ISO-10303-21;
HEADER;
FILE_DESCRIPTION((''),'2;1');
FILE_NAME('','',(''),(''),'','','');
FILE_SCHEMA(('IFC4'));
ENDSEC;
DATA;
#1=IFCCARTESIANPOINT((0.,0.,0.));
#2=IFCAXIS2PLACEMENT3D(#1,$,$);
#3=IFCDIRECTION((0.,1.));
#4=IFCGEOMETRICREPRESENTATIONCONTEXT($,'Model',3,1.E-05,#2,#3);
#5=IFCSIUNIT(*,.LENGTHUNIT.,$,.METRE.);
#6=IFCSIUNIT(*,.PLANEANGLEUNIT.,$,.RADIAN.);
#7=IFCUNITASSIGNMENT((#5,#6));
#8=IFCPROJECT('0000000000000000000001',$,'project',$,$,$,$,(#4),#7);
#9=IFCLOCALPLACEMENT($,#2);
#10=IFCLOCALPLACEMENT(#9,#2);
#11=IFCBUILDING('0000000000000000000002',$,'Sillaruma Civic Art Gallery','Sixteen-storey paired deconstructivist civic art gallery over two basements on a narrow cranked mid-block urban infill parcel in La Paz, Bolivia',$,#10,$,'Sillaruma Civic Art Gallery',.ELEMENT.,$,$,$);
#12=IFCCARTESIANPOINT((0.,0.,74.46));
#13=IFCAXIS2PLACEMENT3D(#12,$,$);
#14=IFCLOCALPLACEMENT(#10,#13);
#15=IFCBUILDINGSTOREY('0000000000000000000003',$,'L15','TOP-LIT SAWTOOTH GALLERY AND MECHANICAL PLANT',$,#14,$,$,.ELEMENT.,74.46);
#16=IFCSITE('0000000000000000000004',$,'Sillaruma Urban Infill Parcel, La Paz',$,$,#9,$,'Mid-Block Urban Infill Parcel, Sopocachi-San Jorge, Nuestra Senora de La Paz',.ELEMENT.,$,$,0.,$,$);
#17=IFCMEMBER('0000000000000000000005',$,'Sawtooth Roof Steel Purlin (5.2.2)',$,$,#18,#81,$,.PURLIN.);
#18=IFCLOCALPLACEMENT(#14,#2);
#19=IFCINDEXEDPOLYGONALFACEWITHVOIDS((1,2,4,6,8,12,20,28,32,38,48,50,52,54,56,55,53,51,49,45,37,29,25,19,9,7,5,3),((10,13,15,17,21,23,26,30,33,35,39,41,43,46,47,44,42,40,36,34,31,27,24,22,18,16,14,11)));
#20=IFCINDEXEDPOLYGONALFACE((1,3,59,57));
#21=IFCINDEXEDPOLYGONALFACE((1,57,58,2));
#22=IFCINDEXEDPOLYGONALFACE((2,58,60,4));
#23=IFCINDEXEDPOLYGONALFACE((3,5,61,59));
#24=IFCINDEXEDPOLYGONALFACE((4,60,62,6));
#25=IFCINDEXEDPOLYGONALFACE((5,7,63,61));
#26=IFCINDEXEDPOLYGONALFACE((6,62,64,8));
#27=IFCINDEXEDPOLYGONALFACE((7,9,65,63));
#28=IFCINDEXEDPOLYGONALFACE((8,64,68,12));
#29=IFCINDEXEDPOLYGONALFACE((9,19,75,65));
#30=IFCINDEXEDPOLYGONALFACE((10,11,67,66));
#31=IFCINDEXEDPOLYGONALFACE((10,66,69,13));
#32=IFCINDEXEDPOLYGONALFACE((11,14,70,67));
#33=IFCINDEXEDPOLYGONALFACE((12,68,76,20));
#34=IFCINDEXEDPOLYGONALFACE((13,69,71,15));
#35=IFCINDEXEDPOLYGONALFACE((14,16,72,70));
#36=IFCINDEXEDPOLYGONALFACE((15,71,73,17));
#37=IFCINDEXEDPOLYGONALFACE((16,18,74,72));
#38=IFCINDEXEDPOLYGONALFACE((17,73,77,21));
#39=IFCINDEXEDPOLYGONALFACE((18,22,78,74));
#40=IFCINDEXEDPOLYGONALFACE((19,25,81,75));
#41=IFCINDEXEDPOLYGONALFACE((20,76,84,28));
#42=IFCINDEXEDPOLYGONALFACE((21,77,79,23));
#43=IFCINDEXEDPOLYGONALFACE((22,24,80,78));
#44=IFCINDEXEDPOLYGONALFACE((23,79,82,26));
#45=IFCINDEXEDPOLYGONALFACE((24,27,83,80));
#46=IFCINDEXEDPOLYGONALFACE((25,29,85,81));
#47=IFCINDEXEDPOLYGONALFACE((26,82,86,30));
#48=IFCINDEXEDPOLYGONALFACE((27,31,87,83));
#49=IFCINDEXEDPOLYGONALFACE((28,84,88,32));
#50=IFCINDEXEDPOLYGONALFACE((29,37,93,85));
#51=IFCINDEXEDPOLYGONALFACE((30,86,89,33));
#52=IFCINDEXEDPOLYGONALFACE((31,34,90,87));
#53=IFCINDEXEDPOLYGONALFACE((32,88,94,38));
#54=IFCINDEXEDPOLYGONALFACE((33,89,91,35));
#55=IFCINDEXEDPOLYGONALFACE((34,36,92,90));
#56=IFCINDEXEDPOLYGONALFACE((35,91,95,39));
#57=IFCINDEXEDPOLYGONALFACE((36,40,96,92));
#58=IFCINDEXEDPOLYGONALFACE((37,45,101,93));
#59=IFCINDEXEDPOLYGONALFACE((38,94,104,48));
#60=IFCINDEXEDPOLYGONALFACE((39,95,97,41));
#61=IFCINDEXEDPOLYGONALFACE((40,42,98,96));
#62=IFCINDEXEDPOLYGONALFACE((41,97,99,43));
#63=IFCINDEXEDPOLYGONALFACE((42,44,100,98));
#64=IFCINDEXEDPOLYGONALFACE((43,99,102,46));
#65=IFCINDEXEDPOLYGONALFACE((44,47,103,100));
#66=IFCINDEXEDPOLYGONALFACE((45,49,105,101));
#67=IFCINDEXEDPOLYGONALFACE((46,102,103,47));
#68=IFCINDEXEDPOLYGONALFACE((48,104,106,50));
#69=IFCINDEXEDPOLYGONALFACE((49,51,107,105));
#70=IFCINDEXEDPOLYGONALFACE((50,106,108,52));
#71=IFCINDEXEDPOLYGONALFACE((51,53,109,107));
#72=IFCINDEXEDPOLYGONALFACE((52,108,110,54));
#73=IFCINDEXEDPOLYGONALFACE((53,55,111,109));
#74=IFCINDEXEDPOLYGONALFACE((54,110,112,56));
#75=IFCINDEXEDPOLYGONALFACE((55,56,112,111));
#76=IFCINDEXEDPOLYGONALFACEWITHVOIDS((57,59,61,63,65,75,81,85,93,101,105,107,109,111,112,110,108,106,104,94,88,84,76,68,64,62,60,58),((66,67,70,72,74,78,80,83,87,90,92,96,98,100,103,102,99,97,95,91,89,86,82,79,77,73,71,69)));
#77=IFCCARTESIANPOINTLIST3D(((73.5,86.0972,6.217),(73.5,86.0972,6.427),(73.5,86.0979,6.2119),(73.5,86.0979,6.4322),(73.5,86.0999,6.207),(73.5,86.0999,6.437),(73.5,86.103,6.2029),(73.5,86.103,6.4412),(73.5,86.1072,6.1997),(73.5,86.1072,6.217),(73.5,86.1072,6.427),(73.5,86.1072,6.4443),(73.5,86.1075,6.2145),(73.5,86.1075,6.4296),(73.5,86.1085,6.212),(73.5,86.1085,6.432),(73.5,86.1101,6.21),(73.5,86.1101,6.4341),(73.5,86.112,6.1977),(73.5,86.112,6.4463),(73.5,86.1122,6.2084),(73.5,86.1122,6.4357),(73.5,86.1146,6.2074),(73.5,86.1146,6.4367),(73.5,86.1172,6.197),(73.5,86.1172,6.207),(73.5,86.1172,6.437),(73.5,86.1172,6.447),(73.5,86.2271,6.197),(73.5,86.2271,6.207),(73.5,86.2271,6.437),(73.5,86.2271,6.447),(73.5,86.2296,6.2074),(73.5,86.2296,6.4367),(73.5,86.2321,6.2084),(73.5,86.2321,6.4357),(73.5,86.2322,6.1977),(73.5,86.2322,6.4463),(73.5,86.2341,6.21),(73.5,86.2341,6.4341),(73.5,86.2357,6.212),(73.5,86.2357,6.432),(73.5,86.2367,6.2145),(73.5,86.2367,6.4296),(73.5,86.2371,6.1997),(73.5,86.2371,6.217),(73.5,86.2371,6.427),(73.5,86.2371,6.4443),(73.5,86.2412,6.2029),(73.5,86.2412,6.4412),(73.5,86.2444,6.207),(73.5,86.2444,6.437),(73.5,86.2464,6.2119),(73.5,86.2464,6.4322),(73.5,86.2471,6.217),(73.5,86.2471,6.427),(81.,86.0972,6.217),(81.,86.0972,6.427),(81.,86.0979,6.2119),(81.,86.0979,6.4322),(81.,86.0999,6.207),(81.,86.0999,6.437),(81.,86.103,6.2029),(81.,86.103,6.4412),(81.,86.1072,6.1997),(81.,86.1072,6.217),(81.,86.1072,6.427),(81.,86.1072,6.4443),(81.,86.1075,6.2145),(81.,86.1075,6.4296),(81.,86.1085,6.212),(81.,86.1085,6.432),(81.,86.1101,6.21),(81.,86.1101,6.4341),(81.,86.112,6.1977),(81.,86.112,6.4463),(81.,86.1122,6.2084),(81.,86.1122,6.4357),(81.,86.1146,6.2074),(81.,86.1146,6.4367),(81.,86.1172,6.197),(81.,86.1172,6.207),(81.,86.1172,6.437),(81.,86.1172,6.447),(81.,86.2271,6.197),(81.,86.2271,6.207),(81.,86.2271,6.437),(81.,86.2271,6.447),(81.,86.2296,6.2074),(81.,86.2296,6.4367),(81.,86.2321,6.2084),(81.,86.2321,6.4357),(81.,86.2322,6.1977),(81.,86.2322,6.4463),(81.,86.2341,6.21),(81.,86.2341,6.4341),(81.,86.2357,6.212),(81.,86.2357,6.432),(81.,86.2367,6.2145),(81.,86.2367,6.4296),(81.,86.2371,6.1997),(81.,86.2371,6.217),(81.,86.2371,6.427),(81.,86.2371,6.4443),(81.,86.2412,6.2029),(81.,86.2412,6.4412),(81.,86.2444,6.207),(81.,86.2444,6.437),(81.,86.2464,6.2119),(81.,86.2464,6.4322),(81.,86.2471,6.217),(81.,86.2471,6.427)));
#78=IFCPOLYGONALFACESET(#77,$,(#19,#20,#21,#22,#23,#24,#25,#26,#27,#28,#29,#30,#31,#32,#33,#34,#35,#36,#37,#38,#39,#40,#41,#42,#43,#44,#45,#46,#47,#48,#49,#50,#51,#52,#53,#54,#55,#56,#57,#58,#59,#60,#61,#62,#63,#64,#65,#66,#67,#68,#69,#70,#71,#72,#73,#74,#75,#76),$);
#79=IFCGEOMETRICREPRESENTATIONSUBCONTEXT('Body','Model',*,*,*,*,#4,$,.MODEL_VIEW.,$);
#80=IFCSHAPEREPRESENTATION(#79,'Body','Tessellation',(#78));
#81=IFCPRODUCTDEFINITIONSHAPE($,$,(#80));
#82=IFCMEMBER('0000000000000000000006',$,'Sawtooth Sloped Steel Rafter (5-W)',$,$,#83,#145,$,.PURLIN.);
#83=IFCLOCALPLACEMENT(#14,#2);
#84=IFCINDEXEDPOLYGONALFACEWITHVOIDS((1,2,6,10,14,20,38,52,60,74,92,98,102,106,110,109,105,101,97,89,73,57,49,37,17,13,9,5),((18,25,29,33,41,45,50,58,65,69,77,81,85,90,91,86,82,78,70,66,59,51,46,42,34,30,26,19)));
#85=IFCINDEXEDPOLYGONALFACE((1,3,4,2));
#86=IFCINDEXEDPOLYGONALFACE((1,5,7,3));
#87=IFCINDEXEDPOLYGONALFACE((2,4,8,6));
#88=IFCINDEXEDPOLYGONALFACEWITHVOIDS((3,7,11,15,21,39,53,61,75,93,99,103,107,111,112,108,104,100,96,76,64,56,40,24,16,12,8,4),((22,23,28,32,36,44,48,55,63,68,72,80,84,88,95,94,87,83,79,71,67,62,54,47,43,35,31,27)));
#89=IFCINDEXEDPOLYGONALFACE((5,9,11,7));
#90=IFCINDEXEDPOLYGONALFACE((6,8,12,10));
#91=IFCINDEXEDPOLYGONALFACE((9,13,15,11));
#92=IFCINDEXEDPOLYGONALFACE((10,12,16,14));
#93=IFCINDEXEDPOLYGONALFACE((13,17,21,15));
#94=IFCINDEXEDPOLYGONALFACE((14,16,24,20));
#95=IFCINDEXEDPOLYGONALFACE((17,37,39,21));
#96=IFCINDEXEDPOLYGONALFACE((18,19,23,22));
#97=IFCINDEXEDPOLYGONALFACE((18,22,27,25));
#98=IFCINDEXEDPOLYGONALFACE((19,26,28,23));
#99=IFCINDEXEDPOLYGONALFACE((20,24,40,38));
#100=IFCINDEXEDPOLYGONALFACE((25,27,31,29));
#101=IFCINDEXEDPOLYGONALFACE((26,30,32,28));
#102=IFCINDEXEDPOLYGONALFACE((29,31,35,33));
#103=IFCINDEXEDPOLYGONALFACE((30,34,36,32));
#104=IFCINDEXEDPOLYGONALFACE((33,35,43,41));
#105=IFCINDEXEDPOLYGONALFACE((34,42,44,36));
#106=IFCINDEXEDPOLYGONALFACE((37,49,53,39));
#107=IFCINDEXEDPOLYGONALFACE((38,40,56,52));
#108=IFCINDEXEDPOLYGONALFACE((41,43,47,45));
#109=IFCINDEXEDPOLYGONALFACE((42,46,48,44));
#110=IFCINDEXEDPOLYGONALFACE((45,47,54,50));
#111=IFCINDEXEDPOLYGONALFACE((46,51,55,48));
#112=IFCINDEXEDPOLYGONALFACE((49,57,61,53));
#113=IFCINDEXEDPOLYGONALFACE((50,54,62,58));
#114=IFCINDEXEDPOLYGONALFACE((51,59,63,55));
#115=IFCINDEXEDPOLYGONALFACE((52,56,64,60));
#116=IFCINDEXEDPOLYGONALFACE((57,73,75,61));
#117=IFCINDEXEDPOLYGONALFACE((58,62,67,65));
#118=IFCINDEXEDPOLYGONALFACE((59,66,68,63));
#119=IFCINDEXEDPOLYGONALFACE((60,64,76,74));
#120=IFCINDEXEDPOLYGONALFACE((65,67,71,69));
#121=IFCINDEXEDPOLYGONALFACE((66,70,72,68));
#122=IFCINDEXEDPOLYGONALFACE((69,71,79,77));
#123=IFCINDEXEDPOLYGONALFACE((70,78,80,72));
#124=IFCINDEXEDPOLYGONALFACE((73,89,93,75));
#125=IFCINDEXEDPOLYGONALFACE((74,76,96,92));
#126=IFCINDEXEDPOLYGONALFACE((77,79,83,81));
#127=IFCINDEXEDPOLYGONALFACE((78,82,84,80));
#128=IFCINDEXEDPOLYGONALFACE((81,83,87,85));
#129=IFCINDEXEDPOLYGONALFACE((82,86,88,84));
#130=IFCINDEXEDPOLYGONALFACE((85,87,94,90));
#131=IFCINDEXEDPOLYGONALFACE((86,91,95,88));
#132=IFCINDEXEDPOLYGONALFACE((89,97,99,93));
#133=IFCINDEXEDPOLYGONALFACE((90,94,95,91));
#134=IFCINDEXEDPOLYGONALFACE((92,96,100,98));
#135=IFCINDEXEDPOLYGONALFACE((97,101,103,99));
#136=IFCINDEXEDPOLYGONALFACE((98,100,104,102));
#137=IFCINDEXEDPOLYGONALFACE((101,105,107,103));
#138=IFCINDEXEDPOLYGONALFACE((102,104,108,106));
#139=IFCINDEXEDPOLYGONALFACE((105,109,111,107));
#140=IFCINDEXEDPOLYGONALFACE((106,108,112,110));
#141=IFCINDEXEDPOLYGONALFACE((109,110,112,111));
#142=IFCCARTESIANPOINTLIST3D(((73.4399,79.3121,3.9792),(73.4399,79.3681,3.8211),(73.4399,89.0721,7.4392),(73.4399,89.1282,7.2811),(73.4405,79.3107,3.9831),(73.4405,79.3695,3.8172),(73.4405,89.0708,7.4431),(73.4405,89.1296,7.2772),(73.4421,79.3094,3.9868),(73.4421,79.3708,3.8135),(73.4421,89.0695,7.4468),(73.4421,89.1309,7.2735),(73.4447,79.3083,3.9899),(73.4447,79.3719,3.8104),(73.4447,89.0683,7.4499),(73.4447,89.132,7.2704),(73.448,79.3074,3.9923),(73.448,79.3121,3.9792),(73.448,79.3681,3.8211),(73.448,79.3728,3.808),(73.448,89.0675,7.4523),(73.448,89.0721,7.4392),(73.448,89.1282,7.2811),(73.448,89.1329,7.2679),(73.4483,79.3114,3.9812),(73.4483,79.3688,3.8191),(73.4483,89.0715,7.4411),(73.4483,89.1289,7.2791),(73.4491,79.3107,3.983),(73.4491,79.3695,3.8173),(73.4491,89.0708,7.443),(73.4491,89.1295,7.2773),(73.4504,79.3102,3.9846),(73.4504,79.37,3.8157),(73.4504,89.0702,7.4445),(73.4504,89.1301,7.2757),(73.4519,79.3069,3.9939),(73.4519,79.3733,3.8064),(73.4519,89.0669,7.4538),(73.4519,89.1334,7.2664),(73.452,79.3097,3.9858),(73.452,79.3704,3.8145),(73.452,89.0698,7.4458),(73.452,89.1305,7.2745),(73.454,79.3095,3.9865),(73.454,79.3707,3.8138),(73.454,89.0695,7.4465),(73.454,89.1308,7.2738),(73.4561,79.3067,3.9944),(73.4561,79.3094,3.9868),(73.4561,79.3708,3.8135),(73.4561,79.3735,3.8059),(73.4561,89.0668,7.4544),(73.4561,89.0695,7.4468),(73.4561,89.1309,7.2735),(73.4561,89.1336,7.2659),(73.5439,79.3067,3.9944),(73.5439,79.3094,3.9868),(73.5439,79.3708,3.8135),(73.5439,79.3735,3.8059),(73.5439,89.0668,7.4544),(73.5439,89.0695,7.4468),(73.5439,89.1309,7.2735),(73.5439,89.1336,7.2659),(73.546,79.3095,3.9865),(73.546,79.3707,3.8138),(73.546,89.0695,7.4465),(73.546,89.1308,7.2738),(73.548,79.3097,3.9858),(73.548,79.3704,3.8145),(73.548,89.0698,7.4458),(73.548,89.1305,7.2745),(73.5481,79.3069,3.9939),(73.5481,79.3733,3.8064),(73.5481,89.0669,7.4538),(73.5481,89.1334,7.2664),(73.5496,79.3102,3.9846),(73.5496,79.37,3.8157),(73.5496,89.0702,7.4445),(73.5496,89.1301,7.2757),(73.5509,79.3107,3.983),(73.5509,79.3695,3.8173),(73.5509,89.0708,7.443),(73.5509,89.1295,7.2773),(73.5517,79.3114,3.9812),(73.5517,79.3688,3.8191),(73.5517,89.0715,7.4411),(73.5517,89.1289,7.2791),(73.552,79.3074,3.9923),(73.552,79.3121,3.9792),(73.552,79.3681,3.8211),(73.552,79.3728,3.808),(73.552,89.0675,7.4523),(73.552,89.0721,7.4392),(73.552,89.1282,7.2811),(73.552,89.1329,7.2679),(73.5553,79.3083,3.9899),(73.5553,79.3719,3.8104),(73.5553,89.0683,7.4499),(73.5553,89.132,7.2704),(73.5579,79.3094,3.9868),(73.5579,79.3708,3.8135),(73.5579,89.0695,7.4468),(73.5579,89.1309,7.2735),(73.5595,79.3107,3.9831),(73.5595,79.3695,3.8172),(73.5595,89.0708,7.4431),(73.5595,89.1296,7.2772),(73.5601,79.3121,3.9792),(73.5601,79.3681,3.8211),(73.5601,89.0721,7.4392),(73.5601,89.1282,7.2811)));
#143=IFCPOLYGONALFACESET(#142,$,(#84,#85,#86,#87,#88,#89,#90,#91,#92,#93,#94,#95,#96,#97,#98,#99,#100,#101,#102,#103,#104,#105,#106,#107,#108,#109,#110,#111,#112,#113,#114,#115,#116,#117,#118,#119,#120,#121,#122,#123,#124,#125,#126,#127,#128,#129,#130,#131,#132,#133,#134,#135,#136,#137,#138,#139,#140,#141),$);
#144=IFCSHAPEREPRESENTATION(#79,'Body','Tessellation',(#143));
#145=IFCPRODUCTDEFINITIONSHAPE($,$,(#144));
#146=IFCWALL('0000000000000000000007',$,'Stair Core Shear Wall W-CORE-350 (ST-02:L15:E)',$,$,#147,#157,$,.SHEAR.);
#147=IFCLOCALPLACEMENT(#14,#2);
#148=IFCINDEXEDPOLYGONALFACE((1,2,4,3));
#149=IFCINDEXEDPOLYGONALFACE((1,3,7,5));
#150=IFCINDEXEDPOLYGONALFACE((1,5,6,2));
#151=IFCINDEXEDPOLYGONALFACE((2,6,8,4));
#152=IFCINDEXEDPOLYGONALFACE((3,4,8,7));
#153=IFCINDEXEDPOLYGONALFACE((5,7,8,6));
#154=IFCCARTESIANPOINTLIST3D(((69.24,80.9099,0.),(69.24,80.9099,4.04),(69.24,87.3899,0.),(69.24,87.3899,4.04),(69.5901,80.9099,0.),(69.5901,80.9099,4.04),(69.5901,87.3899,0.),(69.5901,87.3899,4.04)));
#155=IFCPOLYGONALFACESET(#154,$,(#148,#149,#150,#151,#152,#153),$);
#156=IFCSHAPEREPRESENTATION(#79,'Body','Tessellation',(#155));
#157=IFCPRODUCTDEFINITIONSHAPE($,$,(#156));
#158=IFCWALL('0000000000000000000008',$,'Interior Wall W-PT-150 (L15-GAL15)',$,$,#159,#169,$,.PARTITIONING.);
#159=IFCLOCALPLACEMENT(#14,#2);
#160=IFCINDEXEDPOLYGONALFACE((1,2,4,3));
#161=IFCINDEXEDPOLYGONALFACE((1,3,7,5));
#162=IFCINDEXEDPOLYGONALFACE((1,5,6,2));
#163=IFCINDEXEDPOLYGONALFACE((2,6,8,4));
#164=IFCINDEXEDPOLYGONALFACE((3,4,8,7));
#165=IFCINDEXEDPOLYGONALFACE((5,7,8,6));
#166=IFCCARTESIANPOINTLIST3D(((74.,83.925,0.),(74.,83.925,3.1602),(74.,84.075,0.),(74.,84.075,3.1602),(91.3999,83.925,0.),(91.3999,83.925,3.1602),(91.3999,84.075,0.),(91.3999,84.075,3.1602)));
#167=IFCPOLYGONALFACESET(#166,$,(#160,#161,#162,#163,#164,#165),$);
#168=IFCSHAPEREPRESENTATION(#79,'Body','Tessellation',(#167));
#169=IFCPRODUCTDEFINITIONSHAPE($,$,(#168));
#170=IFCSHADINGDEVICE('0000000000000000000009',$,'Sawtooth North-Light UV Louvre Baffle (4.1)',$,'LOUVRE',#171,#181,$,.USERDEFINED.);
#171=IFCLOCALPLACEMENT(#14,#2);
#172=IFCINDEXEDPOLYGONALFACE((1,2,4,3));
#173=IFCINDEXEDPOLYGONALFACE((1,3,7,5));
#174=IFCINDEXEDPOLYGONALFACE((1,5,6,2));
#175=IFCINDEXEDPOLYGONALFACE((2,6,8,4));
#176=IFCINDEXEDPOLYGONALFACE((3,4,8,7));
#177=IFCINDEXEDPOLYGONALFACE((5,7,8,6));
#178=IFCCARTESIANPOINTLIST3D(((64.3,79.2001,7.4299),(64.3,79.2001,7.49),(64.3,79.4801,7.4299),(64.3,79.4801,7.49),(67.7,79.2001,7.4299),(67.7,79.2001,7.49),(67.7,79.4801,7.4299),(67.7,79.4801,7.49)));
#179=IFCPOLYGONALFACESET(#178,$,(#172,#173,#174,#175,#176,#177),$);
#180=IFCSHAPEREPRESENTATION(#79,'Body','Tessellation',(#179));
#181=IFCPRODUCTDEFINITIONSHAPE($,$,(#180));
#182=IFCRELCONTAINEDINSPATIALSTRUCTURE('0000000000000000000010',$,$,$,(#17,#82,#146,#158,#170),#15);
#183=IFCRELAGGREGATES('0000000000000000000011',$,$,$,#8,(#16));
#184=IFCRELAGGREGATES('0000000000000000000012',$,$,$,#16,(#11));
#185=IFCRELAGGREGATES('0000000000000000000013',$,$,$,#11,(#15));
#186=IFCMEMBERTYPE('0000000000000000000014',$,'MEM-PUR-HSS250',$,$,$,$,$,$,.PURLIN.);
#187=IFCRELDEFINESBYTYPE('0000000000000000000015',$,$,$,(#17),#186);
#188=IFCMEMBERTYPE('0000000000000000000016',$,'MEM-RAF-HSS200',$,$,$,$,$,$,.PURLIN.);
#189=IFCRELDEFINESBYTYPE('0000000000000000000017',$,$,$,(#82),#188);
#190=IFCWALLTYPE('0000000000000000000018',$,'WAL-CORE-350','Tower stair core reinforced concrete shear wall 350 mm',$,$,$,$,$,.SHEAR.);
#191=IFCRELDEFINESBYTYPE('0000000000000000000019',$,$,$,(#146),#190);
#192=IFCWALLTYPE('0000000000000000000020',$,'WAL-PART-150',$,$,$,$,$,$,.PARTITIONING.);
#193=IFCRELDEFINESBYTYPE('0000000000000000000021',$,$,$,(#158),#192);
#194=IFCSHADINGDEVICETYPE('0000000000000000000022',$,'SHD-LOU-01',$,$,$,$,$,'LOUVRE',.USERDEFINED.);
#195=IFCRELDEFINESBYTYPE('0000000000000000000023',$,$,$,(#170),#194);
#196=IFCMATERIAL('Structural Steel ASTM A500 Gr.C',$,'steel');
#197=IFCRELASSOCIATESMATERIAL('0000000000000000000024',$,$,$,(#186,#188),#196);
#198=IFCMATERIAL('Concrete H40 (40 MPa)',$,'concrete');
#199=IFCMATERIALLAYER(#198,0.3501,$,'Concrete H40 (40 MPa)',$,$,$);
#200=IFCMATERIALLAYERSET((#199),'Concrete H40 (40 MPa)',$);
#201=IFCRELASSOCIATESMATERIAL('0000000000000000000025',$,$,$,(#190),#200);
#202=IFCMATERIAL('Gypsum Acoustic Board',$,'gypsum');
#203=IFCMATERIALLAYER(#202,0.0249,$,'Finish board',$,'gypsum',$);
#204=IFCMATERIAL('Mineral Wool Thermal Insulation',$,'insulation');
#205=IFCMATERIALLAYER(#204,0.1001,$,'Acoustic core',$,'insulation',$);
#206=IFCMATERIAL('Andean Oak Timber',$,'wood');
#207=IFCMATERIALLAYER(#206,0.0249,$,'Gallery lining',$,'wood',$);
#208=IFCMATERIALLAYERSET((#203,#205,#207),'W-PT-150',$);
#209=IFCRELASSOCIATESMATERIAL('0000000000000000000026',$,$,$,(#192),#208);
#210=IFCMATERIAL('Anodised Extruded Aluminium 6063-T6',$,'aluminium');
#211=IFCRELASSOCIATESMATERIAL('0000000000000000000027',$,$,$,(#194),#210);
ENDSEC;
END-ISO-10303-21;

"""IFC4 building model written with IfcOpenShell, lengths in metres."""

from ifc_helpers import new_model, si_unit, direction, frame, frame_2d, origin, origin_2d, place, context, subcontext, project, spatial, rectangle, hollow_rectangle, extrude, material, layer, layer_set, material_profile, profile_set, type_object, element, save


model = new_model("IFC4")

# Units and contexts
model_context = context("Model", 3, precision=1e-05, world=origin(), true_north=direction((0.0, 1.0)))
body_context = subcontext(model_context, "Body", "Model", "MODEL_VIEW")
ifc_project = project(units=[si_unit("LENGTHUNIT", "METRE"), si_unit("PLANEANGLEUNIT", "RADIAN")], contexts=[model_context])

# Site, building, storey
site_placement = place(None, origin())
site = spatial("IfcSite", under=ifc_project, at=site_placement, Name="Sillaruma Urban Infill Parcel, La Paz", LongName="Mid-Block Urban Infill Parcel, Sopocachi-San Jorge, Nuestra Senora de La Paz", CompositionType="ELEMENT", RefElevation=0.0)
building_placement = place(site_placement, origin())
building = spatial("IfcBuilding", under=site, at=building_placement, Name="Sillaruma Civic Art Gallery", Description="Sixteen-storey paired deconstructivist civic art gallery over two basements on a narrow cranked mid-block urban infill parcel in La Paz, Bolivia", LongName="Sillaruma Civic Art Gallery", CompositionType="ELEMENT")
storey_placement = place(building_placement, frame((0.0, 0.0, 74.46)))
storey = spatial("IfcBuildingStorey", under=building, at=storey_placement, Name="L15", Description="TOP-LIT SAWTOOTH GALLERY AND MECHANICAL PLANT", CompositionType="ELEMENT", Elevation=74.46)

# Shared definitions
ifc_material_1 = material(Name="Concrete H40 (40 MPa)", Category="concrete")

# Members
ifc_material_2 = material(Name="Structural Steel ASTM A500 Gr.C", Category="steel")
ifc_material_profile_1 = material_profile(ifc_material_2, hollow_rectangle(XDim=0.1499, YDim=0.25, WallThickness=0.01, InnerFilletRadius=0.01, OuterFilletRadius=0.02, at=origin_2d()), Name="HSS250x150x10")
ifc_profile_set_1 = profile_set([ifc_material_profile_1], Name="Structural Steel ASTM A500 Gr.C")
member_type_1 = type_object("IfcMemberType", Name="MEM-PUR-HSS250", PredefinedType="PURLIN", material=ifc_profile_set_1)
member_1_placement = place(storey_placement, frame((73.5, 86.1721, 6.322), z_axis=(1.0, 0.0, 0.0), x_axis=(0.0, 1.0, 0.0)))
element("IfcMember", 1, at=member_1_placement, inside=storey, type_object=member_type_1, Name="Sawtooth Roof Steel Purlin (5.2.2)", PredefinedType="PURLIN", context=body_context, shape_type="SweptSolid", body=[
    extrude(hollow_rectangle(XDim=0.1499, YDim=0.25, WallThickness=0.01, InnerFilletRadius=0.01, OuterFilletRadius=0.02, at=origin_2d()), origin(), (0.0, 0.0, 1.0), 7.5),
])
ifc_material_profile_2 = material_profile(ifc_material_2, hollow_rectangle(XDim=0.1201, YDim=0.2, WallThickness=0.0081, InnerFilletRadius=0.0081, OuterFilletRadius=0.0161, at=origin_2d()), Name="HSS200x120x8")
ifc_profile_set_2 = profile_set([ifc_material_profile_2], Name="Structural Steel ASTM A500 Gr.C")
member_type_2 = type_object("IfcMemberType", Name="MEM-RAF-HSS200", PredefinedType="PURLIN", material=ifc_profile_set_2)
member_2_placement = place(storey_placement, frame((73.5, 79.3401, 3.9001), z_axis=(0.0, 0.942527, 0.33413), x_axis=(-1.0, 0.0, 0.0)))
element("IfcMember", 2, at=member_2_placement, inside=storey, type_object=member_type_2, Name="Sawtooth Sloped Steel Rafter (5-W)", PredefinedType="PURLIN", context=body_context, shape_type="SweptSolid", body=[
    extrude(hollow_rectangle(XDim=0.1201, YDim=0.2, WallThickness=0.0081, InnerFilletRadius=0.0081, OuterFilletRadius=0.0161, at=origin_2d()), origin(), (0.0, 0.0, 1.0), 10.3552),
])

# Walls
ifc_layer_1 = layer(ifc_material_1, 0.3501, Name="Concrete H40 (40 MPa)")
ifc_layer_set_1 = layer_set([ifc_layer_1], Name="Concrete H40 (40 MPa)")
wall_type_1 = type_object("IfcWallType", Name="WAL-CORE-350", Description="Tower stair core reinforced concrete shear wall 350 mm", PredefinedType="SHEAR", material=ifc_layer_set_1)
wall_1_placement = place(storey_placement, frame((69.415, 80.9099, 0.0), z_axis=(0.0, 0.0, 1.0), x_axis=(0.0, 1.0, 0.0)))
element("IfcWall", 3, at=wall_1_placement, inside=storey, type_object=wall_type_1, Name="Stair Core Shear Wall W-CORE-350 (ST-02:L15:E)", PredefinedType="SHEAR", context=body_context, shape_type="SweptSolid", body=[
    extrude(rectangle(XDim=6.48, YDim=0.3501, at=frame_2d((3.24, 0.0))), origin(), (0.0, 0.0, 1.0), 4.04),
])
ifc_material_3 = material(Name="Gypsum Acoustic Board", Category="gypsum")
ifc_layer_2 = layer(ifc_material_3, 0.0249, Name="Finish board", Category="gypsum")
ifc_material_4 = material(Name="Mineral Wool Thermal Insulation", Category="insulation")
ifc_layer_3 = layer(ifc_material_4, 0.1001, Name="Acoustic core", Category="insulation")
ifc_material_5 = material(Name="Andean Oak Timber", Category="wood")
ifc_layer_4 = layer(ifc_material_5, 0.0249, Name="Gallery lining", Category="wood")
ifc_layer_set_2 = layer_set([ifc_layer_2, ifc_layer_3, ifc_layer_4], Name="W-PT-150")
wall_type_2 = type_object("IfcWallType", Name="WAL-PART-150", PredefinedType="PARTITIONING", material=ifc_layer_set_2)
wall_2_placement = place(storey_placement, frame((74.0, 84.0, 0.0), z_axis=(0.0, 0.0, 1.0), x_axis=(1.0, 0.0, 0.0)))
element("IfcWall", 4, at=wall_2_placement, inside=storey, type_object=wall_type_2, Name="Interior Wall W-PT-150 (L15-GAL15)", PredefinedType="PARTITIONING", context=body_context, shape_type="SweptSolid", body=[
    extrude(rectangle(XDim=17.3999, YDim=0.1499, at=frame_2d((8.7, 0.0))), origin(), (0.0, 0.0, 1.0), 3.1602),
])

# Shading device
ifc_material_6 = material(Name="Anodised Extruded Aluminium 6063-T6", Category="aluminium")
shading_device_type = type_object("IfcShadingDeviceType", Name="SHD-LOU-01", ElementType="LOUVRE", PredefinedType="USERDEFINED", material=ifc_material_6)
shading_device_placement = place(storey_placement, frame((66.0, 79.3401, 7.4299), z_axis=(0.0, 0.0, 1.0), x_axis=(1.0, 0.0, 0.0)))
element("IfcShadingDevice", 5, at=shading_device_placement, inside=storey, type_object=shading_device_type, Name="Sawtooth North-Light UV Louvre Baffle (4.1)", ObjectType="LOUVRE", PredefinedType="USERDEFINED", context=body_context, shape_type="SweptSolid", body=[
    extrude(rectangle(XDim=3.3999, YDim=0.28, at=origin_2d()), origin(), (0.0, 0.0, 1.0), 0.0601),
])

save(model, "model.ifc")
